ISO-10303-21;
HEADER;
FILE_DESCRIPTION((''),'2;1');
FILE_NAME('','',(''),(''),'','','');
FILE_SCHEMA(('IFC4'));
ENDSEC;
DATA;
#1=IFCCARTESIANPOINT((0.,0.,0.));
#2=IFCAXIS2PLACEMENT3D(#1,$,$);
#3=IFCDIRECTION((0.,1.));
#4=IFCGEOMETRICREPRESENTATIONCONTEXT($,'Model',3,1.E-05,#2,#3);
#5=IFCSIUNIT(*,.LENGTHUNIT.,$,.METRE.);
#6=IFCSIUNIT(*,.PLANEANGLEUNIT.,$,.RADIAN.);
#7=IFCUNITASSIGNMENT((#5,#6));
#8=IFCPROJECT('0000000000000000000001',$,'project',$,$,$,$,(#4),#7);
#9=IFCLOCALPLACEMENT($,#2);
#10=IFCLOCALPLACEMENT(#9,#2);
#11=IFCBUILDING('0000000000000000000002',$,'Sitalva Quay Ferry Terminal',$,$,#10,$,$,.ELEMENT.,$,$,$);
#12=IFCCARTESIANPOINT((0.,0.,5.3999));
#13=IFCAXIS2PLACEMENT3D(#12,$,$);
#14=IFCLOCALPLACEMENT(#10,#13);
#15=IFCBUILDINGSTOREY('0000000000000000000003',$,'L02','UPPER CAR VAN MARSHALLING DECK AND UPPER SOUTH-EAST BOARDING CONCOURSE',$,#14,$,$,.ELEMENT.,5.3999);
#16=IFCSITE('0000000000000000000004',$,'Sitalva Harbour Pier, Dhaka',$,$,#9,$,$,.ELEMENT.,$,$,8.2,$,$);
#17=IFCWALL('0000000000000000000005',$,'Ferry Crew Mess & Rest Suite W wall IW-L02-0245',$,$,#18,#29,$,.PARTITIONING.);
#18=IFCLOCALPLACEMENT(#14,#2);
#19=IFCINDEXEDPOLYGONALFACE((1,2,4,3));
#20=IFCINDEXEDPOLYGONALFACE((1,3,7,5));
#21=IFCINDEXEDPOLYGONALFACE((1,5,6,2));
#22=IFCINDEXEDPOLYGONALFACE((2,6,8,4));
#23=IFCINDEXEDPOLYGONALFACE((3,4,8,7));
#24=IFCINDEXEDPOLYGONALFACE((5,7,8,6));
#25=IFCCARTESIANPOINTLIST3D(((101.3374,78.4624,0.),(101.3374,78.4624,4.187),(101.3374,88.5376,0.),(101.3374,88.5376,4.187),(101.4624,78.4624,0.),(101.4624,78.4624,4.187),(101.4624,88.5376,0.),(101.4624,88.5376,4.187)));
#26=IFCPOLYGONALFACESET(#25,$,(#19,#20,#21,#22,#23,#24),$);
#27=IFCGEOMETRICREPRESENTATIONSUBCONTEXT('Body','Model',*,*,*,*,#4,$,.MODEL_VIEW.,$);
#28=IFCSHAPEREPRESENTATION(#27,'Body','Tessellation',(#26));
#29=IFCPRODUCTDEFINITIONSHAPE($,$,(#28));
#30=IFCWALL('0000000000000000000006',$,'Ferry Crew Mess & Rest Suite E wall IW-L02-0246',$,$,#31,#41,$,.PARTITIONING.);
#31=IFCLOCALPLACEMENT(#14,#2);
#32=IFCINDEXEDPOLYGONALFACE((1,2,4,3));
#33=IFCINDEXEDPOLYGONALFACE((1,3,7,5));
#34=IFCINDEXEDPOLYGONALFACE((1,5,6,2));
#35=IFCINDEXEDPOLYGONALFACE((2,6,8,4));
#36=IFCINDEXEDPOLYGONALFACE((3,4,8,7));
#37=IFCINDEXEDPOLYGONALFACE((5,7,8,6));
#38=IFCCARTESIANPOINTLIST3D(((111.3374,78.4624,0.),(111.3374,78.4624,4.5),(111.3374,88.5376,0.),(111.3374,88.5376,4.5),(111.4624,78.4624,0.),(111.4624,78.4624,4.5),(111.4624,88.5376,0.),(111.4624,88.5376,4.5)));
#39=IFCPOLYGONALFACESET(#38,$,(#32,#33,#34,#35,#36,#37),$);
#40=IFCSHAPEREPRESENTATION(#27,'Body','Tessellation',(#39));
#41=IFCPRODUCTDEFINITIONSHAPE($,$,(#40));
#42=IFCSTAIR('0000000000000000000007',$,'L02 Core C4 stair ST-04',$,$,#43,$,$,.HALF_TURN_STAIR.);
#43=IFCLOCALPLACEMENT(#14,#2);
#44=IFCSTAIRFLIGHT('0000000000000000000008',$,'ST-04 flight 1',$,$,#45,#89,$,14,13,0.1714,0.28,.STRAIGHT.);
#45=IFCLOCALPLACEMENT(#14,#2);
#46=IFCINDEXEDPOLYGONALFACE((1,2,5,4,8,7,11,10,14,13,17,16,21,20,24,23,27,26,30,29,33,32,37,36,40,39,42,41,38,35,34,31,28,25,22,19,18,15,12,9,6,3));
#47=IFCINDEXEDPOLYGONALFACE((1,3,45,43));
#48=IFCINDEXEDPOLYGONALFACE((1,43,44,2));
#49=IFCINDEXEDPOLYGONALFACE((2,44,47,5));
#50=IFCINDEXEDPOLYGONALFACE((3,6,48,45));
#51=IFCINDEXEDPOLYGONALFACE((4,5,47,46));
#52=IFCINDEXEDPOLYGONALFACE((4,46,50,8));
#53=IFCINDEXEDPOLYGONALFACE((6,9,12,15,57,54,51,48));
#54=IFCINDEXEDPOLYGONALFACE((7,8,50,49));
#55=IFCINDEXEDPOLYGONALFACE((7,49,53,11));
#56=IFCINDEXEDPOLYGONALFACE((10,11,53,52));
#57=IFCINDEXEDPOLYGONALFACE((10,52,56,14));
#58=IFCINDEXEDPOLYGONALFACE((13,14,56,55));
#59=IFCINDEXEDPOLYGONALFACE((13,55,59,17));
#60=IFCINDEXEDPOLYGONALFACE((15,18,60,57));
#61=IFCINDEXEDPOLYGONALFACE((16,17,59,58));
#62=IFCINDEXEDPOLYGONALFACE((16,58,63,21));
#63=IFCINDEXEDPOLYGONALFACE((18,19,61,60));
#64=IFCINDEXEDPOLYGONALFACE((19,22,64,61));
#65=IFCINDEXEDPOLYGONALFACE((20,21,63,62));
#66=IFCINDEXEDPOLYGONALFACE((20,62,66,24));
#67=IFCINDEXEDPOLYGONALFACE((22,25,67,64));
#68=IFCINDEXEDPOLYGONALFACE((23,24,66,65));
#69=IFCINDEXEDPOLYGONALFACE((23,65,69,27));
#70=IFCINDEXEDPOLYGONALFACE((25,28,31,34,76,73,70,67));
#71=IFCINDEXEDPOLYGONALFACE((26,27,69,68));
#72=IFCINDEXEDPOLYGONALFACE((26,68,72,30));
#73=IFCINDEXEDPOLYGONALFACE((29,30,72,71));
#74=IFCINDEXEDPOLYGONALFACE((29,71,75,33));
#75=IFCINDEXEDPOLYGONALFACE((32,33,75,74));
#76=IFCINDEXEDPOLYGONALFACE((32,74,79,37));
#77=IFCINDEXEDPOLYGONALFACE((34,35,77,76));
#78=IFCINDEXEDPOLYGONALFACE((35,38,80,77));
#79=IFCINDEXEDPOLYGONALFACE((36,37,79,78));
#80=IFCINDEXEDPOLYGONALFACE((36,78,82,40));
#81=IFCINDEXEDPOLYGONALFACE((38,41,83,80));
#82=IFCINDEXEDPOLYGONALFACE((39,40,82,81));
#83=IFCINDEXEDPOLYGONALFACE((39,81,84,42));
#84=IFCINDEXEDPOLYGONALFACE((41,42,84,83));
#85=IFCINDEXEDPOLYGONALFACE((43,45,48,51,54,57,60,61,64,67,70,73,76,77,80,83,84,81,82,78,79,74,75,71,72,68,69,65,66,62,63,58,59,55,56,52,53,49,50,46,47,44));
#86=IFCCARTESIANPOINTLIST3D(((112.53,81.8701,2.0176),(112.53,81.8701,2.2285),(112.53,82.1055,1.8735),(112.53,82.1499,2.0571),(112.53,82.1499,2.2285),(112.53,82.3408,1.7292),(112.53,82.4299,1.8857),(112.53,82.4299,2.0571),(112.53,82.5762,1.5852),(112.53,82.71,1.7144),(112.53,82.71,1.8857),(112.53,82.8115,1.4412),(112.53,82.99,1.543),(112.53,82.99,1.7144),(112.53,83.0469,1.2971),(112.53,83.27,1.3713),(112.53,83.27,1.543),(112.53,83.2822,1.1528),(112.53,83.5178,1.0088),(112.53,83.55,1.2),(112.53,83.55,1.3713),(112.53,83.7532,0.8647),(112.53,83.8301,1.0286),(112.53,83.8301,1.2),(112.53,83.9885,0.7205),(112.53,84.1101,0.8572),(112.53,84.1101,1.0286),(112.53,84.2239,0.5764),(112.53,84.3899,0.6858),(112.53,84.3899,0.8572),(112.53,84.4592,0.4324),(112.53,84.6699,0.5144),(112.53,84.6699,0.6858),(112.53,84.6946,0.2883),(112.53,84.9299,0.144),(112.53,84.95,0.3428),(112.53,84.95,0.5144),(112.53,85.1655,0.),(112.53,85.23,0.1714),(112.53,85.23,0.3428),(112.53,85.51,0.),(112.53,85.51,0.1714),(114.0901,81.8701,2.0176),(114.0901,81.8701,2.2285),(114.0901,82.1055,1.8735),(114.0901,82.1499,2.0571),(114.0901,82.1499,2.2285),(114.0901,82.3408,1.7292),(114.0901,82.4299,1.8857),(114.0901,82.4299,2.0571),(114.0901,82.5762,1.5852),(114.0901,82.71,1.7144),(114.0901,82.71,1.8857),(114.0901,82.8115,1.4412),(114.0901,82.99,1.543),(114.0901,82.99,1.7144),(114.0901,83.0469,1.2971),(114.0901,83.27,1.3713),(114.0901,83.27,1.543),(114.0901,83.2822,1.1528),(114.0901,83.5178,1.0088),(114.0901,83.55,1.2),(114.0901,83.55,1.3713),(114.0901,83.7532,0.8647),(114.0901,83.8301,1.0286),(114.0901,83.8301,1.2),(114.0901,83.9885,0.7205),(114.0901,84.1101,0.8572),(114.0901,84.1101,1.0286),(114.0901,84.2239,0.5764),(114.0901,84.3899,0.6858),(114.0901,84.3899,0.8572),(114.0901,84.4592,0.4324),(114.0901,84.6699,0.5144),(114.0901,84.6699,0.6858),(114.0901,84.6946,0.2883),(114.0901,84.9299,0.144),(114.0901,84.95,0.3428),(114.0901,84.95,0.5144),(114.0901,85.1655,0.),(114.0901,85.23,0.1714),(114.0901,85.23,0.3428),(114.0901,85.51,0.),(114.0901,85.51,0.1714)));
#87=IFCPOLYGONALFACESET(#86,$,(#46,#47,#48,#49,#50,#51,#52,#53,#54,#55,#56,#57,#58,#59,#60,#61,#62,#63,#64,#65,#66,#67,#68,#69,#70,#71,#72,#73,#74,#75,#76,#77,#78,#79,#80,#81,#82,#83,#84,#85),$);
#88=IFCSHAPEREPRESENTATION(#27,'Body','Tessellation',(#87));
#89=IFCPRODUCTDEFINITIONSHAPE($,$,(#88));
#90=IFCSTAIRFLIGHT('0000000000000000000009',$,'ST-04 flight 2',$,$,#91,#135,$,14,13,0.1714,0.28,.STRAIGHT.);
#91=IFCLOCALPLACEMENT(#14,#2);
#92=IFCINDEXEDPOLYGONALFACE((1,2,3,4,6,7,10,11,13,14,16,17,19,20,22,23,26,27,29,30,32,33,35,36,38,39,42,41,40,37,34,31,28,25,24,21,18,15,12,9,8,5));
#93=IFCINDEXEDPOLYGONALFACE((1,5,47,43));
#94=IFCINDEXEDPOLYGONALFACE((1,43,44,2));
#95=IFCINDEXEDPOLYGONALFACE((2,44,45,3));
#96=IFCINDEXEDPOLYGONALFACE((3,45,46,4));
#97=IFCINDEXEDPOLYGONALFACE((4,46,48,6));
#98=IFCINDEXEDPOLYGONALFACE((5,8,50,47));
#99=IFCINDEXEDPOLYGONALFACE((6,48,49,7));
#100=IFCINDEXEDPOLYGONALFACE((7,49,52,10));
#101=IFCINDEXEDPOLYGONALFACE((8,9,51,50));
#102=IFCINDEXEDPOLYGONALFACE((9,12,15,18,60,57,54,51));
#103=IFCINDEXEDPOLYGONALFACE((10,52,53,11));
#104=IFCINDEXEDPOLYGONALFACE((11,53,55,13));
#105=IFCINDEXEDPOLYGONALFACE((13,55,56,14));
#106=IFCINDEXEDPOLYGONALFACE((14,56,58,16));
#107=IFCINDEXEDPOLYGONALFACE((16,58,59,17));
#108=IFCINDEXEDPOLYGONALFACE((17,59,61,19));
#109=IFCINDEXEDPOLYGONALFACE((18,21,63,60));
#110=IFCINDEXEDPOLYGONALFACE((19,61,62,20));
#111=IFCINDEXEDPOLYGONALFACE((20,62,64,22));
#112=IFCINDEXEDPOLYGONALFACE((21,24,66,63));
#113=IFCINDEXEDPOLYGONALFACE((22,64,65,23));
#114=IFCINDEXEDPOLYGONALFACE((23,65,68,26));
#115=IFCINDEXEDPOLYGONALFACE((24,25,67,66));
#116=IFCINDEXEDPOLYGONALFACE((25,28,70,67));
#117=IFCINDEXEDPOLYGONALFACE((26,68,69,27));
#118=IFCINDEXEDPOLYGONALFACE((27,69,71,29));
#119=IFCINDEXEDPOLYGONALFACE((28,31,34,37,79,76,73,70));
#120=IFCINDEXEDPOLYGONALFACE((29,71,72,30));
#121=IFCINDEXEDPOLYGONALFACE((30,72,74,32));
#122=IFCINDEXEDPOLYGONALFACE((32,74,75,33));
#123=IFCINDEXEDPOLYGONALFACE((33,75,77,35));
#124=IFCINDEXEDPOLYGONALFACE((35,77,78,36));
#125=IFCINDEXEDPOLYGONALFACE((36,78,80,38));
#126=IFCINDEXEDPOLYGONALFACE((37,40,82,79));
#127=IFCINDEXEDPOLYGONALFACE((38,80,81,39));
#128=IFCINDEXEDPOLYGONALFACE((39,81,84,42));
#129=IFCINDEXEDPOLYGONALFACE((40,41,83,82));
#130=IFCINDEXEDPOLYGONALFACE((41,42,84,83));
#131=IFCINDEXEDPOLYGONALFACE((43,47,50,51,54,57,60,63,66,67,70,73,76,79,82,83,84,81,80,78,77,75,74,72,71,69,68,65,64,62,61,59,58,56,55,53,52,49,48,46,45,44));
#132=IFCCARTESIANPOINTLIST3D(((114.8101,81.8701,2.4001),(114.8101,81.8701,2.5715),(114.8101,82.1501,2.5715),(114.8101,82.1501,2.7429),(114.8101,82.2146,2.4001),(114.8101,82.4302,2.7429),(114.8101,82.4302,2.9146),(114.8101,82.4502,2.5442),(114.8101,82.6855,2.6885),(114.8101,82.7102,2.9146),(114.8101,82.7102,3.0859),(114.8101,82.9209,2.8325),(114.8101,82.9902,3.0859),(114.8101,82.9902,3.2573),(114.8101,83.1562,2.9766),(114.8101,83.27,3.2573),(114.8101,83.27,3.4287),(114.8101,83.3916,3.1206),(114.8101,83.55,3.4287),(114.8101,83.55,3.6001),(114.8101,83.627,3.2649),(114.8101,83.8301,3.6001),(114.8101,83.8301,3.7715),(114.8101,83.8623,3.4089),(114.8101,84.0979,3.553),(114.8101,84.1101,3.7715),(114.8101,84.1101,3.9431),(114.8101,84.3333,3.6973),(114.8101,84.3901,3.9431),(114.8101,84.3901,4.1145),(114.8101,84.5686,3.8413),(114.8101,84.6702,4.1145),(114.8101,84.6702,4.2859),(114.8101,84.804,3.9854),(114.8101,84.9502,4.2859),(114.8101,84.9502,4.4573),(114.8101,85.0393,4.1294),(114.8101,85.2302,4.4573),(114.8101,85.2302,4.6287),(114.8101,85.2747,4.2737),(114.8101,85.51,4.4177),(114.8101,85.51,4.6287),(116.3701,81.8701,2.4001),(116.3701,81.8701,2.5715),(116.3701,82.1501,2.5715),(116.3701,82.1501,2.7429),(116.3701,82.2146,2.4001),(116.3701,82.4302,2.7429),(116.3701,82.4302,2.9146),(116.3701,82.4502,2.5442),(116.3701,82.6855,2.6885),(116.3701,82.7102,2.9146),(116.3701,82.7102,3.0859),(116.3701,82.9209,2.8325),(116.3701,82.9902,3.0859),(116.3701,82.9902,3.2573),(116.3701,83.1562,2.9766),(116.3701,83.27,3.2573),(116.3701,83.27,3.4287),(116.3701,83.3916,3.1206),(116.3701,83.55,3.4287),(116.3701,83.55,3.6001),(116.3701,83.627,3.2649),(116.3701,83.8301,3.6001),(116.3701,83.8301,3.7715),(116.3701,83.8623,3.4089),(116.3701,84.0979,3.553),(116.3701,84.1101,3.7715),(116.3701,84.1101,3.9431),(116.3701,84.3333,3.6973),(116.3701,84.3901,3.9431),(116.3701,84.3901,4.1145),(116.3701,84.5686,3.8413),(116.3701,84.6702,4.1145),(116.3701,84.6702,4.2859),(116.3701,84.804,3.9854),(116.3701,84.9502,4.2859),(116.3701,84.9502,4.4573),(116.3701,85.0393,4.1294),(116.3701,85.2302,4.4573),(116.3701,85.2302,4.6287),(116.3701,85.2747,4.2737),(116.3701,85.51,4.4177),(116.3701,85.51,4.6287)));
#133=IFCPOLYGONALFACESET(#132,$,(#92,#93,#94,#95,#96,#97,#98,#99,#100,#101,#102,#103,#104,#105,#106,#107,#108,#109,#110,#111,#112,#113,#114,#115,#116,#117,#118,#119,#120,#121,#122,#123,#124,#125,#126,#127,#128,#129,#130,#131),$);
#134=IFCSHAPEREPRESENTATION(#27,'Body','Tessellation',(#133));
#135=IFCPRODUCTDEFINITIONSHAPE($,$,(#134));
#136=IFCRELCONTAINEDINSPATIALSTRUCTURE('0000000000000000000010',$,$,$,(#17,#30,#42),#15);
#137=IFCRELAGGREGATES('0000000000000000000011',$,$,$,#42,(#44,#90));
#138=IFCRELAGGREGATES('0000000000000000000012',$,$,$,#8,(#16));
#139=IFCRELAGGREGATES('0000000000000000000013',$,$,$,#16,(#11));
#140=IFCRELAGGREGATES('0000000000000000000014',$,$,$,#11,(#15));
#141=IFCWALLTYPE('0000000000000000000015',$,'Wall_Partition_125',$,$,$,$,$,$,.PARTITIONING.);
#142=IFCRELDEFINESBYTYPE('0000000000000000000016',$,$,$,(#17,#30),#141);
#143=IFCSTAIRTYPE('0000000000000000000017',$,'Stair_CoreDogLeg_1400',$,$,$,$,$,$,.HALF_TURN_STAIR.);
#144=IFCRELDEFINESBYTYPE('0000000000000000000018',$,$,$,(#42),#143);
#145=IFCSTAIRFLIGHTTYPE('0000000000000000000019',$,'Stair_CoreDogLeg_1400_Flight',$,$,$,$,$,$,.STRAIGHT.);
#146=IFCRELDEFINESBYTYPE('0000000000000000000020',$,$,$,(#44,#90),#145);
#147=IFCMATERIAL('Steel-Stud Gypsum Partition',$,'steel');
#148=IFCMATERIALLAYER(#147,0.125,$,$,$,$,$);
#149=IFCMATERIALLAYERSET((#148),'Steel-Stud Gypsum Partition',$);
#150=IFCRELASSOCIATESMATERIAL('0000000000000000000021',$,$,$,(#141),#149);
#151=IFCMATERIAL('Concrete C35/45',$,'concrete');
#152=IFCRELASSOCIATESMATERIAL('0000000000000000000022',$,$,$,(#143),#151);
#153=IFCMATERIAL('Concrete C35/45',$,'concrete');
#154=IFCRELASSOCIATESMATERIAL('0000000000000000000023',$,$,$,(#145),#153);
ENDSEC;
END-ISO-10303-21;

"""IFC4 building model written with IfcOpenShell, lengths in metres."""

from ifc_helpers import new_model, si_unit, direction, frame, frame_2d, origin, place, context, subcontext, project, spatial, polyline, rectangle, outline, extrude, material, layer, layer_set, type_object, element, aggregate, save


model = new_model("IFC4")

# Units and contexts
model_context = context("Model", 3, precision=1e-05, world=origin(), true_north=direction((0.0, 1.0)))
body_context = subcontext(model_context, "Body", "Model", "MODEL_VIEW")
ifc_project = project(units=[si_unit("LENGTHUNIT", "METRE"), si_unit("PLANEANGLEUNIT", "RADIAN")], contexts=[model_context])

# Site, building, storey
site_placement = place(None, origin())
site = spatial("IfcSite", under=ifc_project, at=site_placement, Name="Sitalva Harbour Pier, Dhaka", CompositionType="ELEMENT", RefElevation=8.2)
building_placement = place(site_placement, origin())
building = spatial("IfcBuilding", under=site, at=building_placement, Name="Sitalva Quay Ferry Terminal", CompositionType="ELEMENT")
storey_placement = place(building_placement, frame((0.0, 0.0, 5.3999)))
storey = spatial("IfcBuildingStorey", under=building, at=storey_placement, Name="L02", Description="UPPER CAR VAN MARSHALLING DECK AND UPPER SOUTH-EAST BOARDING CONCOURSE", CompositionType="ELEMENT", Elevation=5.3999)

# Walls
ifc_material_1 = material(Name="Steel-Stud Gypsum Partition", Category="steel")
ifc_layer_1 = layer(ifc_material_1, 0.125)
ifc_layer_set_1 = layer_set([ifc_layer_1], Name="Steel-Stud Gypsum Partition")
wall_type_1 = type_object("IfcWallType", Name="Wall_Partition_125", PredefinedType="PARTITIONING", material=ifc_layer_set_1)
wall_1_placement = place(storey_placement, frame((101.3999, 78.4624, 0.0), z_axis=(0.0, 0.0, 1.0), x_axis=(0.0, 1.0, 0.0)))
element("IfcWall", 1, at=wall_1_placement, inside=storey, type_object=wall_type_1, Name="Ferry Crew Mess & Rest Suite W wall IW-L02-0245", PredefinedType="PARTITIONING", context=body_context, shape_type="SweptSolid", body=[
    extrude(rectangle(XDim=10.0752, YDim=0.125, at=frame_2d((5.0376, 0.0))), origin(), (0.0, 0.0, 1.0), 4.187),
])
wall_2_placement = place(storey_placement, frame((111.3999, 78.4624, 0.0), z_axis=(0.0, 0.0, 1.0), x_axis=(0.0, 1.0, 0.0)))
element("IfcWall", 2, at=wall_2_placement, inside=storey, type_object=wall_type_1, Name="Ferry Crew Mess & Rest Suite E wall IW-L02-0246", PredefinedType="PARTITIONING", context=body_context, shape_type="SweptSolid", body=[
    extrude(rectangle(XDim=10.0752, YDim=0.125, at=frame_2d((5.0376, 0.0))), origin(), (0.0, 0.0, 1.0), 4.5),
])

# Stair, stair flights
ifc_material_2 = material(Name="Concrete C35/45", Category="concrete")
stair_type = type_object("IfcStairType", Name="Stair_CoreDogLeg_1400", PredefinedType="HALF_TURN_STAIR", material=ifc_material_2)
stair_placement = place(storey_placement, origin())
stair = element("IfcStair", 3, at=stair_placement, inside=storey, type_object=stair_type, Name="L02 Core C4 stair ST-04", PredefinedType="HALF_TURN_STAIR")
ifc_material_3 = material(Name="Concrete C35/45", Category="concrete")
stair_flight_type = type_object("IfcStairFlightType", Name="Stair_CoreDogLeg_1400_Flight", PredefinedType="STRAIGHT", material=ifc_material_3)
stair_flight_1_placement = place(storey_placement, frame((113.3101, 85.51, 0.0), z_axis=(0.0, 0.0, 1.0), x_axis=(0.0, -1.0, 0.0)))
stair_flight_1 = element("IfcStairFlight", 4, at=stair_flight_1_placement, type_object=stair_flight_type, Name="ST-04 flight 1", NumberOfRisers=14, NumberOfTreads=13, PredefinedType="STRAIGHT", RiserHeight=0.1714, TreadLength=0.28, context=body_context, shape_type="SweptSolid", body=[
    extrude(outline(polyline([(0.0, 0.0), (0.0, 0.1714), (0.28, 0.1714), (0.28, 0.3428), (0.5601, 0.3428), (0.5601, 0.5144), (0.8401, 0.5144), (0.8401, 0.6858), (1.1201, 0.6858), (1.1201, 0.8572), (1.3999, 0.8572), (1.3999, 1.0286), (1.6799, 1.0286), (1.6799, 1.2), (1.96, 1.2), (1.96, 1.3713), (2.24, 1.3713), (2.24, 1.543), (2.52, 1.543), (2.52, 1.7144), (2.8, 1.7144), (2.8, 1.8857), (3.0801, 1.8857), (3.0801, 2.0571), (3.3601, 2.0571), (3.3601, 2.2285), (3.6399, 2.2285), (3.6399, 2.3999), (3.6399, 2.0176), (3.4045, 1.8735), (3.1692, 1.7292), (2.9338, 1.5852), (2.6985, 1.4412), (2.4631, 1.2971), (2.2278, 1.1528), (1.9922, 1.0088), (1.7568, 0.8647), (1.5215, 0.7205), (1.2861, 0.5764), (1.0508, 0.4324), (0.8154, 0.2883), (0.5801, 0.144), (0.3445, 0.0), (0.0, 0.0)])), frame((0.0, 0.78, 0.0), z_axis=(0.0, -1.0, 0.0), x_axis=(1.0, 0.0, 0.0)), (0.0, 0.0, 1.0), 1.5601),
])
stair_flight_2_placement = place(storey_placement, frame((115.5901, 81.8701, 2.4001), z_axis=(0.0, 0.0, 1.0), x_axis=(0.0, 1.0, 0.0)))
stair_flight_2 = element("IfcStairFlight", 5, at=stair_flight_2_placement, type_object=stair_flight_type, Name="ST-04 flight 2", NumberOfRisers=14, NumberOfTreads=13, PredefinedType="STRAIGHT", RiserHeight=0.1714, TreadLength=0.28, context=body_context, shape_type="SweptSolid", body=[
    extrude(outline(polyline([(0.0, 0.0), (0.0, 0.1714), (0.28, 0.1714), (0.28, 0.3428), (0.5601, 0.3428), (0.5601, 0.5144), (0.8401, 0.5144), (0.8401, 0.6858), (1.1201, 0.6858), (1.1201, 0.8572), (1.3999, 0.8572), (1.3999, 1.0286), (1.6799, 1.0286), (1.6799, 1.2), (1.96, 1.2), (1.96, 1.3713), (2.24, 1.3713), (2.24, 1.543), (2.52, 1.543), (2.52, 1.7144), (2.8, 1.7144), (2.8, 1.8857), (3.0801, 1.8857), (3.0801, 2.0571), (3.3601, 2.0571), (3.3601, 2.2285), (3.6399, 2.2285), (3.6399, 2.3999), (3.6399, 2.0176), (3.4045, 1.8735), (3.1692, 1.7292), (2.9338, 1.5852), (2.6985, 1.4412), (2.4631, 1.2971), (2.2278, 1.1528), (1.9922, 1.0088), (1.7568, 0.8647), (1.5215, 0.7205), (1.2861, 0.5764), (1.0508, 0.4324), (0.8154, 0.2883), (0.5801, 0.144), (0.3445, 0.0), (0.0, 0.0)])), frame((0.0, 0.78, 0.0), z_axis=(0.0, -1.0, 0.0), x_axis=(1.0, 0.0, 0.0)), (0.0, 0.0, 1.0), 1.5601),
])
aggregate(stair, [stair_flight_1, stair_flight_2])

save(model, "model.ifc")
